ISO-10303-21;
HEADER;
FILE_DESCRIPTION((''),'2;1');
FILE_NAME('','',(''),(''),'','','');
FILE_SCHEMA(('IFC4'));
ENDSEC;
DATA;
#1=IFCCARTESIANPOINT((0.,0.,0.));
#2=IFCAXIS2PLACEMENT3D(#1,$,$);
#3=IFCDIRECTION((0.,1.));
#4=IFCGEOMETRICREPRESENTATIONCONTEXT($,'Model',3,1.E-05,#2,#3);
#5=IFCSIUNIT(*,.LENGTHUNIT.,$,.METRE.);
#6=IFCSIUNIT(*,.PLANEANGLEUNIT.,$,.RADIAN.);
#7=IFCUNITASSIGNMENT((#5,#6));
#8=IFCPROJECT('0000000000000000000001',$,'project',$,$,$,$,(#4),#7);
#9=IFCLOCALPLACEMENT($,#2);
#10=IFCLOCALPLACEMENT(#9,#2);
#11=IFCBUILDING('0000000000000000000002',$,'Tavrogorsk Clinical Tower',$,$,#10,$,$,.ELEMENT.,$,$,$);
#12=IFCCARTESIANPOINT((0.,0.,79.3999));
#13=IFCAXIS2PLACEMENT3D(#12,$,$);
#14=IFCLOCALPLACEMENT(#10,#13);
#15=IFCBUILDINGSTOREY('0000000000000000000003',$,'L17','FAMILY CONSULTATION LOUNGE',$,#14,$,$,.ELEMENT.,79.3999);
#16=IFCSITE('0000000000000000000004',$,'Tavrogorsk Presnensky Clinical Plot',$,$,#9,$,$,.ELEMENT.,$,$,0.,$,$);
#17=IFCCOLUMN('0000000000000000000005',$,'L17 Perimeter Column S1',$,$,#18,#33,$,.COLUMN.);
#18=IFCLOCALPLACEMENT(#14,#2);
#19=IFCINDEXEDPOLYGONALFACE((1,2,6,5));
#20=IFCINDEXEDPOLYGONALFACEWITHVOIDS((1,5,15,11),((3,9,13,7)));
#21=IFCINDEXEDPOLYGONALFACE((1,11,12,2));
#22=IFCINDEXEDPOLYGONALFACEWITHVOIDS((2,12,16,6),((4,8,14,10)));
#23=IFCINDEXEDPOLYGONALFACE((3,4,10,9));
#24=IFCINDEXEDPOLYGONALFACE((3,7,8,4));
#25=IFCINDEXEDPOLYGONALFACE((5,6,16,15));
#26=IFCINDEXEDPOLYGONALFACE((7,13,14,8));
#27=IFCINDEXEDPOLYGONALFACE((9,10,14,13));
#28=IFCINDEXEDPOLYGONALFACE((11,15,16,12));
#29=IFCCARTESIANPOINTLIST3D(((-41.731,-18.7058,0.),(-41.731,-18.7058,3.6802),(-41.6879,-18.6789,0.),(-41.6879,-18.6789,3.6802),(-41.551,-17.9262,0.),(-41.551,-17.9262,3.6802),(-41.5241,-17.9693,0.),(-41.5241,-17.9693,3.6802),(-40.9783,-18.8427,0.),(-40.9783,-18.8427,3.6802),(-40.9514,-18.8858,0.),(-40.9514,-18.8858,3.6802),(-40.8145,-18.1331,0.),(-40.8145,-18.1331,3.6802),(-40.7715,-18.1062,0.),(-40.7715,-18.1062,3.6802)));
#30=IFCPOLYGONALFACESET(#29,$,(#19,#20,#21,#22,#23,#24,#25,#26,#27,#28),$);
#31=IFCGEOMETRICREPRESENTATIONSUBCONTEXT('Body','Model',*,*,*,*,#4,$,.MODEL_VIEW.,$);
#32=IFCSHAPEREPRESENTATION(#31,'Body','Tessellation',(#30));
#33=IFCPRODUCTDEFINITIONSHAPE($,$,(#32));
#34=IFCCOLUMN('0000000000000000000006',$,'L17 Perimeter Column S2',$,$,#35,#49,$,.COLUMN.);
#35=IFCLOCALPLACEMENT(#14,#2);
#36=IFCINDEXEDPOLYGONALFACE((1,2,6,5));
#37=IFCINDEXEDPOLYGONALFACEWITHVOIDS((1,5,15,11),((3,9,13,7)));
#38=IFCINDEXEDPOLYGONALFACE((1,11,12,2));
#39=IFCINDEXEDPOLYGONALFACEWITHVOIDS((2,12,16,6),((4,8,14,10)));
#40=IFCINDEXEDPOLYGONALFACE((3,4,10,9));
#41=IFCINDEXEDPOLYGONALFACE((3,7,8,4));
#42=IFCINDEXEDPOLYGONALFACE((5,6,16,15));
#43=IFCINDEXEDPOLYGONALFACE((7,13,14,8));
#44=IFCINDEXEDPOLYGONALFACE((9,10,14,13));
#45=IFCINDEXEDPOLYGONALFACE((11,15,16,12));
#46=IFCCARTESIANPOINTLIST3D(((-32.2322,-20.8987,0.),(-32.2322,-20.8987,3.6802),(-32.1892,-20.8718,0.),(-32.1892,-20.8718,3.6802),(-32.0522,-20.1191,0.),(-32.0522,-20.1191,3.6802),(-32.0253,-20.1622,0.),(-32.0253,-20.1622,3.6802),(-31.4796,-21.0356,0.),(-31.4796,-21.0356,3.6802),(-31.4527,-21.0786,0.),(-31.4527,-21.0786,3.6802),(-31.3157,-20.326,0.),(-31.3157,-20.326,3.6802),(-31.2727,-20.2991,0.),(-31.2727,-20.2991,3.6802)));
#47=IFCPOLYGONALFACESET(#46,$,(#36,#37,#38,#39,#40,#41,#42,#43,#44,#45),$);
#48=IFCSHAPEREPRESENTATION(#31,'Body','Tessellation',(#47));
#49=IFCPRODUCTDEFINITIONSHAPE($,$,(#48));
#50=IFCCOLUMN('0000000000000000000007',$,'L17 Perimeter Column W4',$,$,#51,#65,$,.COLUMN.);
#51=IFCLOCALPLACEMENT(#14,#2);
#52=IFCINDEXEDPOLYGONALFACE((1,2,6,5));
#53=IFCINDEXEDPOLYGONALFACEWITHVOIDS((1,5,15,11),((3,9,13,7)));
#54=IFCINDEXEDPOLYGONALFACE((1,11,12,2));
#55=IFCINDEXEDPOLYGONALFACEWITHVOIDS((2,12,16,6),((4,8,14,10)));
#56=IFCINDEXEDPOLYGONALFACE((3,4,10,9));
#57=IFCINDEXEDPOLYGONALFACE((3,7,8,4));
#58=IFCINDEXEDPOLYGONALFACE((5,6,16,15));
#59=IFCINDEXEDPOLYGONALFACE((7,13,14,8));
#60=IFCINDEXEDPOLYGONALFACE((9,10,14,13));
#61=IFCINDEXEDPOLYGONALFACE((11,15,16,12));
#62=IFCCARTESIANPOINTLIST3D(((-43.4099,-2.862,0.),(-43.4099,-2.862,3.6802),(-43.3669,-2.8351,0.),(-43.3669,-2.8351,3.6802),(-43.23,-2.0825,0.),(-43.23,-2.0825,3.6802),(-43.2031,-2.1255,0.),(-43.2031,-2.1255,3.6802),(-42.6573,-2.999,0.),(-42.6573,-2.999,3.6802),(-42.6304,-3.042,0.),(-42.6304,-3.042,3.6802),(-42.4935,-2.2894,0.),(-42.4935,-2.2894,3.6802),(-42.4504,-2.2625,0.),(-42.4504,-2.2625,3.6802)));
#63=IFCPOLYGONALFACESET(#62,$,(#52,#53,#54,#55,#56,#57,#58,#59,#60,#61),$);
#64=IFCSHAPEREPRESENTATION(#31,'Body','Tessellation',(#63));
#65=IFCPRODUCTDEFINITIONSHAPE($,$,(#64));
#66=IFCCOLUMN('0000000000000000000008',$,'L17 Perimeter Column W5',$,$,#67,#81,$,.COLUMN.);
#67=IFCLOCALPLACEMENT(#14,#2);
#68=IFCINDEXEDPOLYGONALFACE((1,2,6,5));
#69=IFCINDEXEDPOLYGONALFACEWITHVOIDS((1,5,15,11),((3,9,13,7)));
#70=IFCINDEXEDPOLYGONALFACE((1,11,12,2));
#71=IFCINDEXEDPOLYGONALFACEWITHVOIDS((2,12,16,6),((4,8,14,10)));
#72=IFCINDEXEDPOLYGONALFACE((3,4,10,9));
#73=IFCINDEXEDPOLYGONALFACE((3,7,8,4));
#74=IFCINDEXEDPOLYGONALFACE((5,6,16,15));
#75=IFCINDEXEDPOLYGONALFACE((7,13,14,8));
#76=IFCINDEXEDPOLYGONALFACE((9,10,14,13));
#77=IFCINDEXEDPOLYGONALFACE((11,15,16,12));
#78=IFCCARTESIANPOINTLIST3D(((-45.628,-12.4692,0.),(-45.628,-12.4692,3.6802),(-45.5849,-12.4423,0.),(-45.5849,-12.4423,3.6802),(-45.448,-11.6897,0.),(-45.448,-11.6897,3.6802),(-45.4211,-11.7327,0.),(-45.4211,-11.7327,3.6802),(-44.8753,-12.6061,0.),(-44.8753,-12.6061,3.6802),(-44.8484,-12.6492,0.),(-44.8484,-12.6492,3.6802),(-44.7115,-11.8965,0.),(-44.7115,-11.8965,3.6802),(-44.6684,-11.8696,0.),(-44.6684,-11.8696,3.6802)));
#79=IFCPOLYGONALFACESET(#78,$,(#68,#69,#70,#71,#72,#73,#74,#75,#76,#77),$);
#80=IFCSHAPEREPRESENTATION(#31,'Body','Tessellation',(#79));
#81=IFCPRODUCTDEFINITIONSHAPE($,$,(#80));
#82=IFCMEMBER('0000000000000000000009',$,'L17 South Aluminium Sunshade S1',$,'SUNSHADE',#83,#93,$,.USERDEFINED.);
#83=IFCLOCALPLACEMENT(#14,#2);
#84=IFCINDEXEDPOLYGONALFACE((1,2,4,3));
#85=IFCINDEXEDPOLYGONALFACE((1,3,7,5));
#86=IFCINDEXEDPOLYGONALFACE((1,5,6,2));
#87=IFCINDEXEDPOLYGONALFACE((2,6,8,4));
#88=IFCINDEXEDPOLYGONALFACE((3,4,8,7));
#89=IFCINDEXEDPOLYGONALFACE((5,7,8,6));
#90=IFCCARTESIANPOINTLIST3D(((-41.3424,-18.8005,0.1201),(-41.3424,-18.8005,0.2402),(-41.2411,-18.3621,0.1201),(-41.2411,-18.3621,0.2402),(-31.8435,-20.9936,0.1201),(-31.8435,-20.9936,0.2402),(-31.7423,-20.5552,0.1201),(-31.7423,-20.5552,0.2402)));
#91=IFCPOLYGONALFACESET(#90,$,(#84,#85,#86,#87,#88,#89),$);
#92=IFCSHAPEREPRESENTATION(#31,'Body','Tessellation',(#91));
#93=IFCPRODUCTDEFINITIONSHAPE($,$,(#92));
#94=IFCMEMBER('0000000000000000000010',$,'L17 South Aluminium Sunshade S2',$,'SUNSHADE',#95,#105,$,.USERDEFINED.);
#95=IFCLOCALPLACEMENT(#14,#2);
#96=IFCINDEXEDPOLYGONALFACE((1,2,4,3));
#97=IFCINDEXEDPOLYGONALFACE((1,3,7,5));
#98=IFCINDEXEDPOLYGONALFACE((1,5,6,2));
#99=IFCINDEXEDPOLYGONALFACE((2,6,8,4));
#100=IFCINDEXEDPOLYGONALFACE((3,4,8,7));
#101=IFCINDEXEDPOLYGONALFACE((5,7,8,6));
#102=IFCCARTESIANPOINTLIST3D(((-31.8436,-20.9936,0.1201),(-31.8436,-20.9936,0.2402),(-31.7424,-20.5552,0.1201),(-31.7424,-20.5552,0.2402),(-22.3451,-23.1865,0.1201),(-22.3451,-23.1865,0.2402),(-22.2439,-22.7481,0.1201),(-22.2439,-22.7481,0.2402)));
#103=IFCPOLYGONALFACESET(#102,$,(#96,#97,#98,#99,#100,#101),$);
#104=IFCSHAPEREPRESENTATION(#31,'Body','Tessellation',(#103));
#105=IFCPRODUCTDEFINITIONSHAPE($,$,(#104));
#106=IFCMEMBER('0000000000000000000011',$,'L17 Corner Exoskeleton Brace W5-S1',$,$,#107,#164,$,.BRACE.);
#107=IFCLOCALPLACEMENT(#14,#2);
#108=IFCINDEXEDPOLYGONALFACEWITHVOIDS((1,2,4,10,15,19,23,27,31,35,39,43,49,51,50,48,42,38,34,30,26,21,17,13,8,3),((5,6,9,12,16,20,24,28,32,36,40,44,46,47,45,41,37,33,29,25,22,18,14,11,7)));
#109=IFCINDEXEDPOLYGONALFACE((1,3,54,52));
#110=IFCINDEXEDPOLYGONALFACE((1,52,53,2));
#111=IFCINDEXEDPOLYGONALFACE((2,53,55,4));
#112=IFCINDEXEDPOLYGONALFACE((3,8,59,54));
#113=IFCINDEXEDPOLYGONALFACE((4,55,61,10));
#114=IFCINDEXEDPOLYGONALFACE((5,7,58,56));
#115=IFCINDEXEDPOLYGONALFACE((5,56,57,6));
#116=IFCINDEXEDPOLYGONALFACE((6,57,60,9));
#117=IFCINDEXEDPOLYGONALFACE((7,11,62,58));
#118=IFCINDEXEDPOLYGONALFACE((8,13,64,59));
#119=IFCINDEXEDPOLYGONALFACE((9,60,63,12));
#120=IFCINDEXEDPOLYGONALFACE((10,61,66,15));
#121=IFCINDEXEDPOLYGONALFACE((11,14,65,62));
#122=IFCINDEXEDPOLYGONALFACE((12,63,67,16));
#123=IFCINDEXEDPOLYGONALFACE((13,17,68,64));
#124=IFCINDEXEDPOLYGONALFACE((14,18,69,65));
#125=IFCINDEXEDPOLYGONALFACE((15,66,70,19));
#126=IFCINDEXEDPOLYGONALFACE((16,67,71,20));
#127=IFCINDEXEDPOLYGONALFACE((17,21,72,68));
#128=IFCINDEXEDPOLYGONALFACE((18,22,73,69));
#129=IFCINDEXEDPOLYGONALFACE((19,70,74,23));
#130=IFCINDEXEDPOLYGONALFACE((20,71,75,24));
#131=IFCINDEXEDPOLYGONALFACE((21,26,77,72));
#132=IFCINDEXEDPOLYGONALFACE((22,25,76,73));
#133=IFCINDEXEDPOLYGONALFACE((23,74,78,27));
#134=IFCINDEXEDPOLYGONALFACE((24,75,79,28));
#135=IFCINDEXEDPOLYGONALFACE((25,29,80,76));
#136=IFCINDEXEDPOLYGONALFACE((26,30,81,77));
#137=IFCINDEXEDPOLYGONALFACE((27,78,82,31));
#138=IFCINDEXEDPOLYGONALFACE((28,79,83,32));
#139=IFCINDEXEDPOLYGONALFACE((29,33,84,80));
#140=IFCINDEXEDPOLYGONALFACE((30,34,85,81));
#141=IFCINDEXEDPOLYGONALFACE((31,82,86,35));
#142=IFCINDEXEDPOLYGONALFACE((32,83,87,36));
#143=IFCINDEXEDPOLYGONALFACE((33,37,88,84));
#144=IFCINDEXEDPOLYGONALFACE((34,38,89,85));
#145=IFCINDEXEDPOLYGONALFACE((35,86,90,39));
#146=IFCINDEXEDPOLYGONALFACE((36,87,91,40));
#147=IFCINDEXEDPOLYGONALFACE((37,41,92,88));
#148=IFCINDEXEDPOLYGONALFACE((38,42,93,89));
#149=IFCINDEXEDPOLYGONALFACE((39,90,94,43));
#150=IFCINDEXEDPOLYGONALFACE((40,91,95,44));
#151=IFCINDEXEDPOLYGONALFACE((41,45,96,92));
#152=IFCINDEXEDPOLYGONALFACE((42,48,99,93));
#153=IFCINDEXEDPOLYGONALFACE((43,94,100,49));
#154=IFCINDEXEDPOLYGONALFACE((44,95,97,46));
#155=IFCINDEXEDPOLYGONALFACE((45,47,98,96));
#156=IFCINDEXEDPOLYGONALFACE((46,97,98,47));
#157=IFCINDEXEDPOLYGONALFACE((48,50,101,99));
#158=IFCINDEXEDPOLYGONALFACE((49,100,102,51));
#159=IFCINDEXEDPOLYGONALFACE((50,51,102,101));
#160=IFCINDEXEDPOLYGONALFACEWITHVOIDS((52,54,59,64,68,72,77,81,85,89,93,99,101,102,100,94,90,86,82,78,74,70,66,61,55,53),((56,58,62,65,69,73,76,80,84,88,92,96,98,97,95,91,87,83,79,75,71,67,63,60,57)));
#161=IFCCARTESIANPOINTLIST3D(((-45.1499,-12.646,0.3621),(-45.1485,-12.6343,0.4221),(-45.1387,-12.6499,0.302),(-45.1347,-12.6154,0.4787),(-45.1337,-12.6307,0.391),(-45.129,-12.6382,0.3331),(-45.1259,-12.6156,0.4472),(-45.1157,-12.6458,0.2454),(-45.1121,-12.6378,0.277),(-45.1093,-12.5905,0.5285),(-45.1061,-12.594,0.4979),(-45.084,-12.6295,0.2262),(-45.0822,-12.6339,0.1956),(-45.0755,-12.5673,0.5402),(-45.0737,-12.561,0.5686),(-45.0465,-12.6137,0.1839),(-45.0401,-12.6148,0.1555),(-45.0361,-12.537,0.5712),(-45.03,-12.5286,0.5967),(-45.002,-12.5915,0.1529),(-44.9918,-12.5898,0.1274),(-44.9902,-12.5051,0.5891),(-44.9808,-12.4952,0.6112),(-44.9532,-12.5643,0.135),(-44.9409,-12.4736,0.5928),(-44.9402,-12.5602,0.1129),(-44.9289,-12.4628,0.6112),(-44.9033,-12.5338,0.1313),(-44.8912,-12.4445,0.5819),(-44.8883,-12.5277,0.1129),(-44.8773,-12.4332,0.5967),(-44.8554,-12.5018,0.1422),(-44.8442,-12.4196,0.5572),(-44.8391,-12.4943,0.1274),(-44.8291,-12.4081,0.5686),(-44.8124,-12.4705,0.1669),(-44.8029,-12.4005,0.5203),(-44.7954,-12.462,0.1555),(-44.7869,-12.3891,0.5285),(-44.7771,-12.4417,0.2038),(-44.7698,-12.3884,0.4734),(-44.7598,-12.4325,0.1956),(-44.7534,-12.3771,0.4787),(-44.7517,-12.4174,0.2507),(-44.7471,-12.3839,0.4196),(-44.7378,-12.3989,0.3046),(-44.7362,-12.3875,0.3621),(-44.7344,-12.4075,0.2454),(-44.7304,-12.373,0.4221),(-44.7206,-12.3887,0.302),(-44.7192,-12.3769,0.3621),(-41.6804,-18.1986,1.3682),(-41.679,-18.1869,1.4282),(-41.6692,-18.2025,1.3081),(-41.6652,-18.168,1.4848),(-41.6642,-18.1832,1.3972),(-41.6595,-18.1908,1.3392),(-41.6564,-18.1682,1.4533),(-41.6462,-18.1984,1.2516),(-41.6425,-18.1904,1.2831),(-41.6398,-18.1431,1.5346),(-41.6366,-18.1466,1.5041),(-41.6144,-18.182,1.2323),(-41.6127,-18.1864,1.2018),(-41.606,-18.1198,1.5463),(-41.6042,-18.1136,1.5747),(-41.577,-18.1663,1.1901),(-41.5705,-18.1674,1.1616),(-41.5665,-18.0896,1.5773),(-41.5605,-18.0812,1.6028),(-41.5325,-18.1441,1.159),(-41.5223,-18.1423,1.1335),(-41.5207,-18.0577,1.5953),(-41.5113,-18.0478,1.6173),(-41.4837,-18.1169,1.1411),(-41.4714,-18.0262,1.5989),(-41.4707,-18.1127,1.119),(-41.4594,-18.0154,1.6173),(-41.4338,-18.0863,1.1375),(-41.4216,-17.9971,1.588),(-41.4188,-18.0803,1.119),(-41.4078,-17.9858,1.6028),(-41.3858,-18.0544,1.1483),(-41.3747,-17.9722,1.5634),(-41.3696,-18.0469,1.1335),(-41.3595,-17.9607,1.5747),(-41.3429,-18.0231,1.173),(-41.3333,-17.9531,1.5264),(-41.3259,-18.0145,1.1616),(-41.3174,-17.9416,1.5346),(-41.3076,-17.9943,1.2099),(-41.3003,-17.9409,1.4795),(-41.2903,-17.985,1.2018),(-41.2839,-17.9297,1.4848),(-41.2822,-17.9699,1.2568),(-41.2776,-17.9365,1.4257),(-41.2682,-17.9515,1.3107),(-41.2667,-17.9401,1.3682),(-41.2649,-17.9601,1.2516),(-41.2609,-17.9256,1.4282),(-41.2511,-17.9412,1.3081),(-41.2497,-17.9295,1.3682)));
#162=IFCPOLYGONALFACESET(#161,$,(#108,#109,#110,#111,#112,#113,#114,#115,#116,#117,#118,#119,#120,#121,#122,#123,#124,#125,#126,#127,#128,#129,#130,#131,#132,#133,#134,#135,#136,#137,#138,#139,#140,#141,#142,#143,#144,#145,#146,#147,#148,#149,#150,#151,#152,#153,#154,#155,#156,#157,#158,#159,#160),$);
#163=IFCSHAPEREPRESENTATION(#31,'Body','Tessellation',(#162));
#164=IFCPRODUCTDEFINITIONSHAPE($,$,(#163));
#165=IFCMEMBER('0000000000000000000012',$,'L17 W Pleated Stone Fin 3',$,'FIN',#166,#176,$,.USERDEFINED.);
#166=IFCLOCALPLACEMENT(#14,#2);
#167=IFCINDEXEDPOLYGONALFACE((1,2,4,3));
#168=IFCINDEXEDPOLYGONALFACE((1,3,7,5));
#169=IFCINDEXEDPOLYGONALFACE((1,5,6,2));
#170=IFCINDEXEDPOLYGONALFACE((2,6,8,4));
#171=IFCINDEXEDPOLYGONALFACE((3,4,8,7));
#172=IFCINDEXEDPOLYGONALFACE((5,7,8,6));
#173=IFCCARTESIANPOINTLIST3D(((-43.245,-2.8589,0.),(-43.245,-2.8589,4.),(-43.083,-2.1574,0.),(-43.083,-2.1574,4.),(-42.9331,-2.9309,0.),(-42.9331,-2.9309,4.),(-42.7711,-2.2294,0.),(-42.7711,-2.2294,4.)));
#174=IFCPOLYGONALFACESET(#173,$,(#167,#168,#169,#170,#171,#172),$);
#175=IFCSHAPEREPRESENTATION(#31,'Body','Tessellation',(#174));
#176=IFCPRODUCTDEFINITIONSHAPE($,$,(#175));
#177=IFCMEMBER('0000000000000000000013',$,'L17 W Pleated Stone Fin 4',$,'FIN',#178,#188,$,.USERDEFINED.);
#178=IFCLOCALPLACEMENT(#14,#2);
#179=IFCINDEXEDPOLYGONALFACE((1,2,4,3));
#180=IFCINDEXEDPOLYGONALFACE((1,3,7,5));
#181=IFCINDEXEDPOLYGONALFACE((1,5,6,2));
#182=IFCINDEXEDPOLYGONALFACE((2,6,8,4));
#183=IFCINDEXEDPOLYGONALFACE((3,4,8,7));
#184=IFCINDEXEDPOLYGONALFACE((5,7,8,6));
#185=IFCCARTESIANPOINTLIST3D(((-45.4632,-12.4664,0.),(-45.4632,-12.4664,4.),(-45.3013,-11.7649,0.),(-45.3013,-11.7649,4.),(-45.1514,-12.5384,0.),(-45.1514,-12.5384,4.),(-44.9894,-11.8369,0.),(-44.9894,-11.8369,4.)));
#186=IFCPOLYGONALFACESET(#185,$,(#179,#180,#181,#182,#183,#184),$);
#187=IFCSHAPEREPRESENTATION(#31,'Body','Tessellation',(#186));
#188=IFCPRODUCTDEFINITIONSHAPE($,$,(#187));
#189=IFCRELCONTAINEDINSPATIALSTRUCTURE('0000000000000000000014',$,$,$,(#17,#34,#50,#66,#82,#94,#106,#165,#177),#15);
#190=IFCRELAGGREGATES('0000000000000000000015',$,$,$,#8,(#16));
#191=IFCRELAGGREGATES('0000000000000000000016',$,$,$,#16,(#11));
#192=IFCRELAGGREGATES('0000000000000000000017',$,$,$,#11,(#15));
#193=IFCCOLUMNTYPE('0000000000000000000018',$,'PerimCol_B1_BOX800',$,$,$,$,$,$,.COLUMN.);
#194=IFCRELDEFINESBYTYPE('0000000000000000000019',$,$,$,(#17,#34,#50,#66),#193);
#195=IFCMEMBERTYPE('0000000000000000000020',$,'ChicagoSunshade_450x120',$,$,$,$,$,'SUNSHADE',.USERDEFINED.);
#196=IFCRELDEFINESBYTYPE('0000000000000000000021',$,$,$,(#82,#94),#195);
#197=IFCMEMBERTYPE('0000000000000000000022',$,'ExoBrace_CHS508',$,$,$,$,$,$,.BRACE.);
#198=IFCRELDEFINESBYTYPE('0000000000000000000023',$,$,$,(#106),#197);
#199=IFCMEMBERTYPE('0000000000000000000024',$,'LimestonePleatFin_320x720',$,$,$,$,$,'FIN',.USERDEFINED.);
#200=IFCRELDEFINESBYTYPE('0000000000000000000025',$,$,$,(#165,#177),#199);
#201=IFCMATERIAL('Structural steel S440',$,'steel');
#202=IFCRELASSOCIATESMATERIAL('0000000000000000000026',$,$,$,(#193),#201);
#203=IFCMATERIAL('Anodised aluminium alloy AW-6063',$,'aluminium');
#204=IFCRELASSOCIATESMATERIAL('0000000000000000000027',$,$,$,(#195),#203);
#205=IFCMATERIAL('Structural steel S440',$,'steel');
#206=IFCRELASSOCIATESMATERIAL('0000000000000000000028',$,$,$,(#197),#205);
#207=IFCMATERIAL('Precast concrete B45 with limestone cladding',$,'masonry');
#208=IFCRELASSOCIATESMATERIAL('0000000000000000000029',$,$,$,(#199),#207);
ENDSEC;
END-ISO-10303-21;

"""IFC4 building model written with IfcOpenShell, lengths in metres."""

from ifc_helpers import new_model, si_unit, direction, frame, origin, origin_2d, place, context, subcontext, project, spatial, rectangle, hollow_rectangle, hollow_circle, extrude, material, material_profile, profile_set, type_object, element, save


model = new_model("IFC4")

# Units and contexts
model_context = context("Model", 3, precision=1e-05, world=origin(), true_north=direction((0.0, 1.0)))
body_context = subcontext(model_context, "Body", "Model", "MODEL_VIEW")
ifc_project = project(units=[si_unit("LENGTHUNIT", "METRE"), si_unit("PLANEANGLEUNIT", "RADIAN")], contexts=[model_context])

# Site, building, storey
site_placement = place(None, origin())
site = spatial("IfcSite", under=ifc_project, at=site_placement, Name="Tavrogorsk Presnensky Clinical Plot", CompositionType="ELEMENT", RefElevation=0.0)
building_placement = place(site_placement, origin())
building = spatial("IfcBuilding", under=site, at=building_placement, Name="Tavrogorsk Clinical Tower", CompositionType="ELEMENT")
storey_placement = place(building_placement, frame((0.0, 0.0, 79.3999)))
storey = spatial("IfcBuildingStorey", under=building, at=storey_placement, Name="L17", Description="FAMILY CONSULTATION LOUNGE", CompositionType="ELEMENT", Elevation=79.3999)

# Columns
ifc_material_1 = material(Name="Structural steel S440", Category="steel")
ifc_material_profile_1 = material_profile(ifc_material_1, hollow_rectangle(XDim=0.8, YDim=0.8, WallThickness=0.0359, at=origin_2d()), Name="BOX-800x800x36")
ifc_profile_set_1 = profile_set([ifc_material_profile_1], Name="Structural steel S440")
column_type = type_object("IfcColumnType", Name="PerimCol_B1_BOX800", PredefinedType="COLUMN", material=ifc_profile_set_1)
for number, where, z_axis, x_axis, name in (
    (1, (-41.2512, -18.406, 0.0), (0.0, 0.0, 1.0), (0.97437, -0.224951, 0.0), "L17 Perimeter Column S1"),
    (2, (-31.7524, -20.5989, 0.0), (0.0, 0.0, 1.0), (0.97437, -0.224951, 0.0), "L17 Perimeter Column S2"),
    (3, (-42.9302, -2.5623, 0.0), (0.0, 0.0, 1.0), (0.97437, -0.224951, 0.0), "L17 Perimeter Column W4"),
    (4, (-45.1482, -12.1694, 0.0), (0.0, 0.0, 1.0), (0.97437, -0.224951, 0.0), "L17 Perimeter Column W5"),
):
    element("IfcColumn", number, at=place(storey_placement, frame(where, z_axis=z_axis, x_axis=x_axis)), inside=storey, type_object=column_type, Name=name, PredefinedType="COLUMN", context=body_context, shape_type="SweptSolid", body=[
        extrude(hollow_rectangle(XDim=0.8, YDim=0.8, WallThickness=0.0359, at=origin_2d()), origin(), (0.0, 0.0, 1.0), 3.6802),
    ])

# Members
ifc_material_2 = material(Name="Anodised aluminium alloy AW-6063", Category="aluminium")
ifc_material_profile_2 = material_profile(ifc_material_2, rectangle(XDim=0.45, YDim=0.1201, at=origin_2d()), Name="ALU-SUNSHADE-450x120")
ifc_profile_set_2 = profile_set([ifc_material_profile_2], Name="Anodised aluminium alloy AW-6063")
member_type_1 = type_object("IfcMemberType", Name="ChicagoSunshade_450x120", ElementType="SUNSHADE", PredefinedType="USERDEFINED", material=ifc_profile_set_2)
member_1_placement = place(storey_placement, frame((-41.2917, -18.5813, 0.1802), z_axis=(0.974367, -0.224966, 0.0), x_axis=(0.224966, 0.974367, 0.0)))
element("IfcMember", 5, at=member_1_placement, inside=storey, type_object=member_type_1, Name="L17 South Aluminium Sunshade S1", ObjectType="SUNSHADE", PredefinedType="USERDEFINED", context=body_context, shape_type="SweptSolid", body=[
    extrude(rectangle(XDim=0.45, YDim=0.1201, at=origin_2d()), origin(), (0.0, 0.0, 1.0), 9.7488),
])
member_2_placement = place(storey_placement, frame((-31.793, -20.7744, 0.1802), z_axis=(0.974371, -0.224947, 0.0), x_axis=(0.224947, 0.974371, 0.0)))
element("IfcMember", 6, at=member_2_placement, inside=storey, type_object=member_type_1, Name="L17 South Aluminium Sunshade S2", ObjectType="SUNSHADE", PredefinedType="USERDEFINED", context=body_context, shape_type="SweptSolid", body=[
    extrude(rectangle(XDim=0.45, YDim=0.1201, at=origin_2d()), origin(), (0.0, 0.0, 1.0), 9.7483),
])
ifc_material_3 = material(Name="Structural steel S440", Category="steel")
ifc_material_profile_3 = material_profile(ifc_material_3, hollow_circle(Radius=0.2539, WallThickness=0.02, at=origin_2d()), Name="CHS-508x20")
ifc_profile_set_3 = profile_set([ifc_material_profile_3], Name="Structural steel S440")
member_type_2 = type_object("IfcMemberType", Name="ExoBrace_CHS508", PredefinedType="BRACE", material=ifc_profile_set_3)
member_3_placement = place(storey_placement, frame((-44.9346, -12.5115, 0.3621), z_axis=(0.523761, -0.838216, 0.151884), x_axis=(0.848055, 0.529908, 0.0)))
element("IfcMember", 7, at=member_3_placement, inside=storey, type_object=member_type_2, Name="L17 Corner Exoskeleton Brace W5-S1", PredefinedType="BRACE", context=body_context, shape_type="SweptSolid", body=[
    extrude(hollow_circle(Radius=0.2539, WallThickness=0.02, at=origin_2d()), origin(), (0.0, 0.0, 1.0), 6.6243),
])
ifc_material_4 = material(Name="Precast concrete B45 with limestone cladding", Category="masonry")
ifc_material_profile_4 = material_profile(ifc_material_4, rectangle(XDim=0.3201, YDim=0.72, at=origin_2d()), Name="LIMESTONE-FIN-320x720")
ifc_profile_set_4 = profile_set([ifc_material_profile_4], Name="Precast concrete B45 with limestone cladding")
member_type_3 = type_object("IfcMemberType", Name="LimestonePleatFin_320x720", ElementType="FIN", PredefinedType="USERDEFINED", material=ifc_profile_set_4)
for number, where, z_axis, x_axis, name in (
    (8, (-43.0081, -2.5442, 0.0), (0.0, 0.0, 1.0), (0.97437, -0.224951, 0.0), "L17 W Pleated Stone Fin 3"),
    (9, (-45.2263, -12.1516, 0.0), (0.0, 0.0, 1.0), (0.97437, -0.224951, 0.0), "L17 W Pleated Stone Fin 4"),
):
    element("IfcMember", number, at=place(storey_placement, frame(where, z_axis=z_axis, x_axis=x_axis)), inside=storey, type_object=member_type_3, Name=name, ObjectType="FIN", PredefinedType="USERDEFINED", context=body_context, shape_type="SweptSolid", body=[
        extrude(rectangle(XDim=0.3201, YDim=0.72, at=origin_2d()), origin(), (0.0, 0.0, 1.0), 4.0),
    ])

save(model, "model.ifc")
